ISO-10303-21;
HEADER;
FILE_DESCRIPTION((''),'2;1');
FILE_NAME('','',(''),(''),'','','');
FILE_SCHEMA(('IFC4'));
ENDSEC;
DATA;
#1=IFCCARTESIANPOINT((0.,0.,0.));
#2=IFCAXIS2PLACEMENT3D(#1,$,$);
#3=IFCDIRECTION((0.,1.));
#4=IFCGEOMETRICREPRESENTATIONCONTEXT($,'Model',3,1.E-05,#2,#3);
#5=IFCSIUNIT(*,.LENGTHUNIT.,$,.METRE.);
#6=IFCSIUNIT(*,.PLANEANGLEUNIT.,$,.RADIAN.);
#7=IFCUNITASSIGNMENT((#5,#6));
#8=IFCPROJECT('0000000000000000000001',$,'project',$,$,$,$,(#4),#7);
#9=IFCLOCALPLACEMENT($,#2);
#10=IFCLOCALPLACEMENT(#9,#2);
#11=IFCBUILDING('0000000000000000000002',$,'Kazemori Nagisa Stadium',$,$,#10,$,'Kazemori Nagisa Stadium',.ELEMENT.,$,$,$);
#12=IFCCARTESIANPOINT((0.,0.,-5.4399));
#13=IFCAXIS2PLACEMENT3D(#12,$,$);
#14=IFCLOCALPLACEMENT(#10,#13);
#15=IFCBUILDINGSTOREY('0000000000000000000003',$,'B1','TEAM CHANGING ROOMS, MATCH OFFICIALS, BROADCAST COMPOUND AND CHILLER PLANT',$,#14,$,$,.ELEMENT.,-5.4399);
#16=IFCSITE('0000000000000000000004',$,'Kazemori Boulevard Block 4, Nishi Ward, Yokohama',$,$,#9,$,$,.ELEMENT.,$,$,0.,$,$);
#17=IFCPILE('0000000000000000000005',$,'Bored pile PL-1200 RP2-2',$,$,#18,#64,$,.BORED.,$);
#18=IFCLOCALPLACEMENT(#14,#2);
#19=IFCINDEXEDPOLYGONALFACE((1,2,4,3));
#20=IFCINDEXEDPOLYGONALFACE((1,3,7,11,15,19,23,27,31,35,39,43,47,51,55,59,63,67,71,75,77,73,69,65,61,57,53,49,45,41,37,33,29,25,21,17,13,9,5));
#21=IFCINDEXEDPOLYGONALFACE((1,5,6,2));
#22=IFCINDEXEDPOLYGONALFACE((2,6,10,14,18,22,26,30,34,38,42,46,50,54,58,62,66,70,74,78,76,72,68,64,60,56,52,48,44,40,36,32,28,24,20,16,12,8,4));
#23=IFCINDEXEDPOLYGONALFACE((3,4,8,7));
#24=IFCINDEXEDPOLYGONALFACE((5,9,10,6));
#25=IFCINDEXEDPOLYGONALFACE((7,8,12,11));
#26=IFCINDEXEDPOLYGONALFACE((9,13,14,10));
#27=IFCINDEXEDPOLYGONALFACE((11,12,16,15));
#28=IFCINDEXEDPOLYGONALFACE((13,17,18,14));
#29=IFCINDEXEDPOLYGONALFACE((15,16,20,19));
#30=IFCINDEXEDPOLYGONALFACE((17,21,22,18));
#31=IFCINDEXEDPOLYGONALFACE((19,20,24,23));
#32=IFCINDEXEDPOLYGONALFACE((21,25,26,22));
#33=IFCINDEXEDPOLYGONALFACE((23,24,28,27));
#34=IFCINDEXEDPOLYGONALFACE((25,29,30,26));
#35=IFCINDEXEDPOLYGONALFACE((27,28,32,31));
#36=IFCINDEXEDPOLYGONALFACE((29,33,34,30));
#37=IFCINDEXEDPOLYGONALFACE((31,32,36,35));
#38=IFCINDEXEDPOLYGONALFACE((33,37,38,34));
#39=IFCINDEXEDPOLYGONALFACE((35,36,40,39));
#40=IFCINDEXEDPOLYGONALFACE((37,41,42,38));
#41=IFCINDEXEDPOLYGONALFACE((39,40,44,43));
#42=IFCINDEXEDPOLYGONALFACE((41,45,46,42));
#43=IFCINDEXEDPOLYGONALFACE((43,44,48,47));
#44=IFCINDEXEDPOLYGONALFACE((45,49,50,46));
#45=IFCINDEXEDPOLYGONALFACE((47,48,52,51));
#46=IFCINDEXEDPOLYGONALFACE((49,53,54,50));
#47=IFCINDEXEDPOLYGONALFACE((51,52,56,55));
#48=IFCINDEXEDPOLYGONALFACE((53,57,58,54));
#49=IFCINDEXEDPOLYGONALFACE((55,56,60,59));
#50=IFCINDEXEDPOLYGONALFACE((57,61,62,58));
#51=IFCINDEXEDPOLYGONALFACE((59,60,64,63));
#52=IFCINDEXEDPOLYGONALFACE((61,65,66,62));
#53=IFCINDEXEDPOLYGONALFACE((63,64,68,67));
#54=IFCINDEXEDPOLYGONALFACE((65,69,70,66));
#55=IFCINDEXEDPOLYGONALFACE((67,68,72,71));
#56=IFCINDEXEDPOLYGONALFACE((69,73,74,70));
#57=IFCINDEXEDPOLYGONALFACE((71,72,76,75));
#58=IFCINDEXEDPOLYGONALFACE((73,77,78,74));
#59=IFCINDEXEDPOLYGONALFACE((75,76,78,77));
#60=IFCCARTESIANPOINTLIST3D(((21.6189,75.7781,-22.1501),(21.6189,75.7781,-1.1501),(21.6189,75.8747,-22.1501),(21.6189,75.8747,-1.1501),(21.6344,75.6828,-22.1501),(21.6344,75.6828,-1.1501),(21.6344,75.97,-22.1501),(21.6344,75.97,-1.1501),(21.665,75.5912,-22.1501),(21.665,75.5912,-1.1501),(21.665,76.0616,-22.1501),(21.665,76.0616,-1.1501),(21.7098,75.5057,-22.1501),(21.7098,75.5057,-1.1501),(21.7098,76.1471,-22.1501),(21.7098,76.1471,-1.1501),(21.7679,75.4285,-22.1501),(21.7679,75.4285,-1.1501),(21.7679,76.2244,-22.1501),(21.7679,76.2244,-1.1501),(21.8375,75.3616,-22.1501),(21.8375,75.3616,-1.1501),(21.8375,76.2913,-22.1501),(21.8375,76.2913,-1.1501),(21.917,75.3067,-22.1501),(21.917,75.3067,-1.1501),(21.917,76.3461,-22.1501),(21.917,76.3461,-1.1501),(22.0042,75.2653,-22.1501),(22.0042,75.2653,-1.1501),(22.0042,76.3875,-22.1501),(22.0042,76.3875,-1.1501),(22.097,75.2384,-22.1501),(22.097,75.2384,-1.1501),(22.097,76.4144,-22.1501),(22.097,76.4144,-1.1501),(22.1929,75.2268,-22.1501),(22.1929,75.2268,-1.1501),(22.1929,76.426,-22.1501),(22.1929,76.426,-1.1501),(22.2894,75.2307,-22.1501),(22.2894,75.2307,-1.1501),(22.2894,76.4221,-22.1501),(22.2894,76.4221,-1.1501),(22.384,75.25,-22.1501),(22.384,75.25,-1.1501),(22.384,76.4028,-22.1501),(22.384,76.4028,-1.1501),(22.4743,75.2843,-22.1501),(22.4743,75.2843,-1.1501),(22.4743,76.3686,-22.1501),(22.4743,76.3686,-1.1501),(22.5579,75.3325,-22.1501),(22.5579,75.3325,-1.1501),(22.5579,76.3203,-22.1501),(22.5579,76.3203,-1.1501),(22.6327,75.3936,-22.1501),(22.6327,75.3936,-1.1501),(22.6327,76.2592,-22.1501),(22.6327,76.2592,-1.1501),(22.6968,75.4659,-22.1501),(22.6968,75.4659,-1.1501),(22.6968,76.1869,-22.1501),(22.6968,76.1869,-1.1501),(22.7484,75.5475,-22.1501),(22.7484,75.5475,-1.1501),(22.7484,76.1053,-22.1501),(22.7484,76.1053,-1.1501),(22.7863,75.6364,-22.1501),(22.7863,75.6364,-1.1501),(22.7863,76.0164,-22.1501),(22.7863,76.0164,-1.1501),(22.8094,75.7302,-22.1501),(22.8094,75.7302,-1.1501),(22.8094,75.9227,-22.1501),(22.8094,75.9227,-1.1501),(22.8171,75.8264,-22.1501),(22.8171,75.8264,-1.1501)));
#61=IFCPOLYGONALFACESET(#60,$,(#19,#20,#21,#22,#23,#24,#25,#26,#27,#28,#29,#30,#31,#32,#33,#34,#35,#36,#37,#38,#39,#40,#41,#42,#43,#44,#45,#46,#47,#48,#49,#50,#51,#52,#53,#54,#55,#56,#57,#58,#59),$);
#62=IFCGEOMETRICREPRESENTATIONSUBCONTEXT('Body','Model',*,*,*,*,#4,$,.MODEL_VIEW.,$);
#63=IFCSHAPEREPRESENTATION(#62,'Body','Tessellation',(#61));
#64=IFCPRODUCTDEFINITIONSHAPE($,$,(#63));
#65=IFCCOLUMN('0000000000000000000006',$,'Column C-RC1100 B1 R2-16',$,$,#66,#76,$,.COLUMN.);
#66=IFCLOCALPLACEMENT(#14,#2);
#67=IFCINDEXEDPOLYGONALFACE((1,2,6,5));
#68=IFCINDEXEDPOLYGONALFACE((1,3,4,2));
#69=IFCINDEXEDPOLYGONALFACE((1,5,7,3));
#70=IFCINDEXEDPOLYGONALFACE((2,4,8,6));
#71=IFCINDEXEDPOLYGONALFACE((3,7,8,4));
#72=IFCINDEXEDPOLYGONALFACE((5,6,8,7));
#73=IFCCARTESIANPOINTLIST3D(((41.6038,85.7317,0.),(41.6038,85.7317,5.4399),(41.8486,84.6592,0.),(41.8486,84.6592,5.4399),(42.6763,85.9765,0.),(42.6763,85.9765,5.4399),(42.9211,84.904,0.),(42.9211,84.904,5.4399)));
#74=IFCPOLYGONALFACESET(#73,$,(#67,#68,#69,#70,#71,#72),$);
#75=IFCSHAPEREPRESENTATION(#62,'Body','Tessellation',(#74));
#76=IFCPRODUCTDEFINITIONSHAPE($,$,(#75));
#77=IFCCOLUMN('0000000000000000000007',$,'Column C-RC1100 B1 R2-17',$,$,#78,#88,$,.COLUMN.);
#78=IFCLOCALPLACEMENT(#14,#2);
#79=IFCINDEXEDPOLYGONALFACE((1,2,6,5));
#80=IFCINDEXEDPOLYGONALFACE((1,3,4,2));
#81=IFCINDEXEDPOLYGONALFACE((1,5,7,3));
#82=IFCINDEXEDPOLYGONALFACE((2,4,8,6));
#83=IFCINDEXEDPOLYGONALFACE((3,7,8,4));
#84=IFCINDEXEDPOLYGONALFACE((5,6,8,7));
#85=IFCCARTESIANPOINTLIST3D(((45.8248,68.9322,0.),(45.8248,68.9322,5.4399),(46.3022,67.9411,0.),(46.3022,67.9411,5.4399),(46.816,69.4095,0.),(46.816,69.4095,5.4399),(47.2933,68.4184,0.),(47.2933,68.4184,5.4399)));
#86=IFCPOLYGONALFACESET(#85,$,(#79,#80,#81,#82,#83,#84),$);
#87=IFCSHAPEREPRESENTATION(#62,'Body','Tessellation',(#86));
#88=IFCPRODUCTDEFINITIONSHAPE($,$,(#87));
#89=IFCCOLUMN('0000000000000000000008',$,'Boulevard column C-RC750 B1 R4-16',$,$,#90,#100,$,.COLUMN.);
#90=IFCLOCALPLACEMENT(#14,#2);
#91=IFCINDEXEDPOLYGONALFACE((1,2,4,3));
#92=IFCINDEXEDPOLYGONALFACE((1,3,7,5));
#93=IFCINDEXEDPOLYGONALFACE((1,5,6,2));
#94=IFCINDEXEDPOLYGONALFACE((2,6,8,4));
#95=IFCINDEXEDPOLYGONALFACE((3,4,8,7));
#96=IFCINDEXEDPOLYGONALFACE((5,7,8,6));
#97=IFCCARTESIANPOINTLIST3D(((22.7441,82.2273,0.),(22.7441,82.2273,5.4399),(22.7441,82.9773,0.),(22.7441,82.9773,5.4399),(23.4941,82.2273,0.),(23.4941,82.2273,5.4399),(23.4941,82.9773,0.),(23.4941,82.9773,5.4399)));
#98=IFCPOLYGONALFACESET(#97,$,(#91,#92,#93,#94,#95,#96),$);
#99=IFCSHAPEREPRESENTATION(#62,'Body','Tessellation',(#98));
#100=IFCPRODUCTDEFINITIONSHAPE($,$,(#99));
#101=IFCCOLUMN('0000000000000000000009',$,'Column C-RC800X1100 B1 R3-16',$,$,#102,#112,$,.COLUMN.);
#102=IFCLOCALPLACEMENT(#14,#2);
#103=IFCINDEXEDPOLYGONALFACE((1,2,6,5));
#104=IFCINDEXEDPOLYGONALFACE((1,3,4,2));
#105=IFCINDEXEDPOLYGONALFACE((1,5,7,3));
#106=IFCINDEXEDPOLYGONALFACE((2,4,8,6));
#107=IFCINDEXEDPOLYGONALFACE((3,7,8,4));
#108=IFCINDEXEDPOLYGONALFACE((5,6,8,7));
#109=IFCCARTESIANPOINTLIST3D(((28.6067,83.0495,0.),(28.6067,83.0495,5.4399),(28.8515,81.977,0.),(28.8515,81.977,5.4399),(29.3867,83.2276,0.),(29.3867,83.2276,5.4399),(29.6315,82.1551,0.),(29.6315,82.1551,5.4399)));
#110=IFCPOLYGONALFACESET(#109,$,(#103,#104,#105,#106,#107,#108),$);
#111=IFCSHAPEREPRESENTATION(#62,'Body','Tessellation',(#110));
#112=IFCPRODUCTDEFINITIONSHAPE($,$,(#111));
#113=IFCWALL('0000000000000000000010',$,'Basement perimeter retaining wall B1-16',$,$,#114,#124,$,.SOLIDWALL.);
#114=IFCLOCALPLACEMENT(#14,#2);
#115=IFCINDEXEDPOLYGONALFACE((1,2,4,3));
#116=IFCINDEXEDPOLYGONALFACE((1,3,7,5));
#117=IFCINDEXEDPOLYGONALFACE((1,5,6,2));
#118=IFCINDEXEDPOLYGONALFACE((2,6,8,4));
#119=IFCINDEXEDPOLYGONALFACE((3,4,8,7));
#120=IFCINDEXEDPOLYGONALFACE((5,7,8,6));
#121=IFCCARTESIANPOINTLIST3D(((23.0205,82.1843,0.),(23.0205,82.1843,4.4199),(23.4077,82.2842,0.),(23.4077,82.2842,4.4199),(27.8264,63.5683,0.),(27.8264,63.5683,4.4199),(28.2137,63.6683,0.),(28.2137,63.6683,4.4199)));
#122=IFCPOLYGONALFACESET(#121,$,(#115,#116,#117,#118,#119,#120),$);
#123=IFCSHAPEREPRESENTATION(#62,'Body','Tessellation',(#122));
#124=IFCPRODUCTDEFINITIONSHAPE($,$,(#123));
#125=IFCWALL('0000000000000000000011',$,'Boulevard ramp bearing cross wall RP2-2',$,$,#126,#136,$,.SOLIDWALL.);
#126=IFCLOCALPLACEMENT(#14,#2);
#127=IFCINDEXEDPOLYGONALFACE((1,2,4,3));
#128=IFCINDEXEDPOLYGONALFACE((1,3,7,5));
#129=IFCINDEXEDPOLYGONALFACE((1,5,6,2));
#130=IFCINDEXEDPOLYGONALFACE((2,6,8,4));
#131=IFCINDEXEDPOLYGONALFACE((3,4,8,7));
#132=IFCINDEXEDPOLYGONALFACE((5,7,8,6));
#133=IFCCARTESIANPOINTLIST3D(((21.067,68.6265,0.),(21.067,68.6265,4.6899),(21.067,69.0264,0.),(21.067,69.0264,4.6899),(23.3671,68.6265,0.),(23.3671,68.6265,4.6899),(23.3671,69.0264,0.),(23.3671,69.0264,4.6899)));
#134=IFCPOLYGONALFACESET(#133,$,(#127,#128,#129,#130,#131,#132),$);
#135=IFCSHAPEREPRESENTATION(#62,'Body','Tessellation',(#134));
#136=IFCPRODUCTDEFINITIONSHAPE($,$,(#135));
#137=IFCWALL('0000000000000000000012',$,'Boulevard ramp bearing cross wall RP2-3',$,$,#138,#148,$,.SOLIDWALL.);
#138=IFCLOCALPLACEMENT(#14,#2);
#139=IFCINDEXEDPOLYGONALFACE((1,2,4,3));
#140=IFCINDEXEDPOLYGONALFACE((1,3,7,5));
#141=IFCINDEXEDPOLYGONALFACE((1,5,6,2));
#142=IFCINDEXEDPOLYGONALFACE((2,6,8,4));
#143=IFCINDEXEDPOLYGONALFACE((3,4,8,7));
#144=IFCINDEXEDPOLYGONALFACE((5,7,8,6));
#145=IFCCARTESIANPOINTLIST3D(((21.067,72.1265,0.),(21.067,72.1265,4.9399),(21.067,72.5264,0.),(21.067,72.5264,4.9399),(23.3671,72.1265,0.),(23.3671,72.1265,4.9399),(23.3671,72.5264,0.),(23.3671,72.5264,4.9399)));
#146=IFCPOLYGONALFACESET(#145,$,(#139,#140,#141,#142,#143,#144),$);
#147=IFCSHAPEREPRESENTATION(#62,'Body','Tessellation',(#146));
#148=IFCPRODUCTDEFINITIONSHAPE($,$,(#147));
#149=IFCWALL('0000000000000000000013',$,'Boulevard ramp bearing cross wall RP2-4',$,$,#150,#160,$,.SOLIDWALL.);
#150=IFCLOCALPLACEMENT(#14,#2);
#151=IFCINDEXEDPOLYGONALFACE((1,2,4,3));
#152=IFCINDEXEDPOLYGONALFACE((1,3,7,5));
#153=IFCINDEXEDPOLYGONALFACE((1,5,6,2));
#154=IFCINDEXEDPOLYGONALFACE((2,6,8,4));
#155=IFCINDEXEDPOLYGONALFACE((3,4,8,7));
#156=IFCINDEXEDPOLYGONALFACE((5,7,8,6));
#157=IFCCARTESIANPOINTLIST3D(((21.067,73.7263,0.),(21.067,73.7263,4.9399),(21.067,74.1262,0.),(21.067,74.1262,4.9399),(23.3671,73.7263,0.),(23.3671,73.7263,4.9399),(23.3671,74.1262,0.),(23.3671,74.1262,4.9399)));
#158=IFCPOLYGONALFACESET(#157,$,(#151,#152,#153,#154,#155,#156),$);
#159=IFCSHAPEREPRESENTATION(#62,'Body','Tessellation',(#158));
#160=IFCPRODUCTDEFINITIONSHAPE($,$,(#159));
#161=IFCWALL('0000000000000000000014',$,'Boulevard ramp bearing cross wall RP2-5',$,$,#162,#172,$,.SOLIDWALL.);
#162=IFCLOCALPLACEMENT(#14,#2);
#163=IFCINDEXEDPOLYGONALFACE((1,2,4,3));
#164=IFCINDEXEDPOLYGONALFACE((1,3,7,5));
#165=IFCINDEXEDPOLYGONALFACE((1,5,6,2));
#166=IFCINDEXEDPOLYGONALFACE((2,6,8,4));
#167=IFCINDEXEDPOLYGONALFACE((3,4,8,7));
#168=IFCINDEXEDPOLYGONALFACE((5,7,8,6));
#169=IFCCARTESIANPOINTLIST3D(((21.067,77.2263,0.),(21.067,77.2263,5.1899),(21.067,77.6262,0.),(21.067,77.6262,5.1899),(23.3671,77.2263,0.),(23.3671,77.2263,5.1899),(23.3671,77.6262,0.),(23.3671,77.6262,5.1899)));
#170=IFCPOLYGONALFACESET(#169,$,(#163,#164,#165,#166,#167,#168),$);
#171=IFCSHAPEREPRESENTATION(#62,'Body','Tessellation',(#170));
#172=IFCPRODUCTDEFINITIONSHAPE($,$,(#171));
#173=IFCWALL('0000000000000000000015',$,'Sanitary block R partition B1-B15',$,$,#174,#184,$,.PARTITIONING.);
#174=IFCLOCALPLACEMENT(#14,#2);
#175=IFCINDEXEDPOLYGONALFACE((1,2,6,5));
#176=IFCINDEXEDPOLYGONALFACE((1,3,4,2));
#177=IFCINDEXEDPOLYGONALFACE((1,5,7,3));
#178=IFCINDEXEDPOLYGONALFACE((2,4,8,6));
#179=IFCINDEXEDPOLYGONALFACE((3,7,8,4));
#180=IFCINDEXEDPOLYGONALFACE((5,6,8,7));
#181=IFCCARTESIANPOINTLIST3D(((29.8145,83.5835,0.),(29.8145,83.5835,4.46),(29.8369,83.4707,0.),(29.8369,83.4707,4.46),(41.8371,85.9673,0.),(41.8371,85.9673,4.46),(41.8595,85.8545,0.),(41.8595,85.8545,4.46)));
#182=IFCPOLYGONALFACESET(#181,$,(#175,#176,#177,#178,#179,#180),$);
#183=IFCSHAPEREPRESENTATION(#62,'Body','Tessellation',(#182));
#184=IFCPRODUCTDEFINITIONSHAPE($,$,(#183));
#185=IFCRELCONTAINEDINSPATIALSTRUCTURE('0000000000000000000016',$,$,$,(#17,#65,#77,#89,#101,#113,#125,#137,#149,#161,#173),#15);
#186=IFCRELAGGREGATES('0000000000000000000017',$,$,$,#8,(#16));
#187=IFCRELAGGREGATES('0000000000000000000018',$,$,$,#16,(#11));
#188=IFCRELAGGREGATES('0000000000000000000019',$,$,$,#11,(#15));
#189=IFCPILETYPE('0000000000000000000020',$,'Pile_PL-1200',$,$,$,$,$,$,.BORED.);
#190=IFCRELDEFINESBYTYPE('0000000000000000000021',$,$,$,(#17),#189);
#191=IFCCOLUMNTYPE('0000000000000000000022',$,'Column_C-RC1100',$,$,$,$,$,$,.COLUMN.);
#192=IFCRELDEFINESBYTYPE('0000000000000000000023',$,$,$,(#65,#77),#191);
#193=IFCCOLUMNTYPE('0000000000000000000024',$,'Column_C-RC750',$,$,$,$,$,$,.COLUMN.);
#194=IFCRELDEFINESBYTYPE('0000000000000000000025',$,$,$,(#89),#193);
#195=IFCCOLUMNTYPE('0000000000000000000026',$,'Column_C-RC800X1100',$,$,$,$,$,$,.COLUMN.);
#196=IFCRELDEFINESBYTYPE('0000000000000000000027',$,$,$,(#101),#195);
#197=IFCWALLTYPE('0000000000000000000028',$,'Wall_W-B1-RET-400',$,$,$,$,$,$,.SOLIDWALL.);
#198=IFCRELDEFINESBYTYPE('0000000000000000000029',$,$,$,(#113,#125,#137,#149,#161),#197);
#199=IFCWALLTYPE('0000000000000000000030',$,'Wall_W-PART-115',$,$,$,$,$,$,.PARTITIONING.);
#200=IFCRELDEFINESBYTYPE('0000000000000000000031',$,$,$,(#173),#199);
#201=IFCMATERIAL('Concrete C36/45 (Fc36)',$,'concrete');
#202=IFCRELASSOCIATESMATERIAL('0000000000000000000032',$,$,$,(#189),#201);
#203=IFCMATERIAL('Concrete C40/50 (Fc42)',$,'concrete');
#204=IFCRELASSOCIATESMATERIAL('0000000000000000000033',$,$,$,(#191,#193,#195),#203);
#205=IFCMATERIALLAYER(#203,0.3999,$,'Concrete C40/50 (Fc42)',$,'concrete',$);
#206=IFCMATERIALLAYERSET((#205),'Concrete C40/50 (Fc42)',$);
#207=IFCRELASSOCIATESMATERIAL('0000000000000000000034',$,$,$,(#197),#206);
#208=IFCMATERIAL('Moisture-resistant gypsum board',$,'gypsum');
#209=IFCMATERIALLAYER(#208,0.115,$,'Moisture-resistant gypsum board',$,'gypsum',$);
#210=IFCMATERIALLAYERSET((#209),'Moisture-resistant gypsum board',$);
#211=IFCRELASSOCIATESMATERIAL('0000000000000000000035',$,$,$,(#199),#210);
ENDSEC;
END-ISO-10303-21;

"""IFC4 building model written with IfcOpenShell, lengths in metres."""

from ifc_helpers import new_model, si_unit, direction, frame, frame_2d, origin, origin_2d, place, context, subcontext, project, spatial, rectangle, circle, extrude, material, layer, layer_set, material_profile, profile_set, type_object, element, save


model = new_model("IFC4")

# Units and contexts
model_context = context("Model", 3, precision=1e-05, world=origin(), true_north=direction((0.0, 1.0)))
body_context = subcontext(model_context, "Body", "Model", "MODEL_VIEW")
ifc_project = project(units=[si_unit("LENGTHUNIT", "METRE"), si_unit("PLANEANGLEUNIT", "RADIAN")], contexts=[model_context])

# Site, building, storey
site_placement = place(None, origin())
site = spatial("IfcSite", under=ifc_project, at=site_placement, Name="Kazemori Boulevard Block 4, Nishi Ward, Yokohama", CompositionType="ELEMENT", RefElevation=0.0)
building_placement = place(site_placement, origin())
building = spatial("IfcBuilding", under=site, at=building_placement, Name="Kazemori Nagisa Stadium", LongName="Kazemori Nagisa Stadium", CompositionType="ELEMENT")
storey_placement = place(building_placement, frame((0.0, 0.0, -5.4399)))
storey = spatial("IfcBuildingStorey", under=building, at=storey_placement, Name="B1", Description="TEAM CHANGING ROOMS, MATCH OFFICIALS, BROADCAST COMPOUND AND CHILLER PLANT", CompositionType="ELEMENT", Elevation=-5.4399)

# Shared definitions
ifc_material_1 = material(Name="Concrete C40/50 (Fc42)", Category="concrete")

# Pile
ifc_material_2 = material(Name="Concrete C36/45 (Fc36)", Category="concrete")
ifc_material_profile_1 = material_profile(ifc_material_2, circle(Radius=0.6001, at=origin_2d()), Name="PILE-D1200")
ifc_profile_set_1 = profile_set([ifc_material_profile_1], Name="Concrete C36/45 (Fc36)")
pile_type = type_object("IfcPileType", Name="Pile_PL-1200", PredefinedType="BORED", material=ifc_profile_set_1)
for number, where, z_axis, x_axis, name in (
    (1, (22.217, 75.8264, -1.1501), (0.0, 0.0, -1.0), (1.0, 0.0, 0.0), "Bored pile PL-1200 RP2-2"),
):
    element("IfcPile", number, at=place(storey_placement, frame(where, z_axis=z_axis, x_axis=x_axis)), inside=storey, type_object=pile_type, Name=name, PredefinedType="BORED", context=body_context, shape_type="SweptSolid", body=[
        extrude(circle(Radius=0.6001, at=origin_2d()), origin(), (0.0, 0.0, 1.0), 21.0),
    ])

# Columns
ifc_material_profile_2 = material_profile(ifc_material_1, rectangle(XDim=1.1001, YDim=1.1001, at=origin_2d()), Name="RC-COL-1100x1100")
ifc_profile_set_2 = profile_set([ifc_material_profile_2], Name="Concrete C40/50 (Fc42)")
column_type_1 = type_object("IfcColumnType", Name="Column_C-RC1100", PredefinedType="COLUMN", material=ifc_profile_set_2)
for number, where, z_axis, x_axis, name in (
    (2, (42.2625, 85.3179, 0.0), (0.0, 0.0, 1.0), (-0.974928, -0.222521, 0.0), "Column C-RC1100 B1 R2-16"),
    (3, (46.5591, 68.6753, 0.0), (0.0, 0.0, 1.0), (-0.900969, -0.433884, 0.0), "Column C-RC1100 B1 R2-17"),
):
    element("IfcColumn", number, at=place(storey_placement, frame(where, z_axis=z_axis, x_axis=x_axis)), inside=storey, type_object=column_type_1, Name=name, PredefinedType="COLUMN", context=body_context, shape_type="SweptSolid", body=[
        extrude(rectangle(XDim=1.1001, YDim=1.1001, at=origin_2d()), origin(), (0.0, 0.0, 1.0), 5.4399),
    ])
ifc_material_profile_3 = material_profile(ifc_material_1, rectangle(XDim=0.75, YDim=0.75, at=origin_2d()), Name="RC-COL-750x750")
ifc_profile_set_3 = profile_set([ifc_material_profile_3], Name="Concrete C40/50 (Fc42)")
column_type_2 = type_object("IfcColumnType", Name="Column_C-RC750", PredefinedType="COLUMN", material=ifc_profile_set_3)
column_1_placement = place(storey_placement, frame((23.1191, 82.6023, 0.0), z_axis=(0.0, 0.0, 1.0), x_axis=(1.0, 0.0, 0.0)))
element("IfcColumn", 4, at=column_1_placement, inside=storey, type_object=column_type_2, Name="Boulevard column C-RC750 B1 R4-16", PredefinedType="COLUMN", context=body_context, shape_type="SweptSolid", body=[
    extrude(rectangle(XDim=0.75, YDim=0.75, at=origin_2d()), origin(), (0.0, 0.0, 1.0), 5.4399),
])
ifc_material_profile_4 = material_profile(ifc_material_1, rectangle(XDim=0.8, YDim=1.1001, at=origin_2d()), Name="RC-COL-800x1100")
ifc_profile_set_4 = profile_set([ifc_material_profile_4], Name="Concrete C40/50 (Fc42)")
column_type_3 = type_object("IfcColumnType", Name="Column_C-RC800X1100", PredefinedType="COLUMN", material=ifc_profile_set_4)
column_2_placement = place(storey_placement, frame((29.1191, 82.6023, 0.0), z_axis=(0.0, 0.0, 1.0), x_axis=(-0.974928, -0.222521, 0.0)))
element("IfcColumn", 5, at=column_2_placement, inside=storey, type_object=column_type_3, Name="Column C-RC800X1100 B1 R3-16", PredefinedType="COLUMN", context=body_context, shape_type="SweptSolid", body=[
    extrude(rectangle(XDim=0.8, YDim=1.1001, at=origin_2d()), origin(), (0.0, 0.0, 1.0), 5.4399),
])

# Walls
ifc_layer_1 = layer(ifc_material_1, 0.3999, Name="Concrete C40/50 (Fc42)", Category="concrete")
ifc_layer_set_1 = layer_set([ifc_layer_1], Name="Concrete C40/50 (Fc42)")
wall_type_1 = type_object("IfcWallType", Name="Wall_W-B1-RET-400", PredefinedType="SOLIDWALL", material=ifc_layer_set_1)
wall_1_placement = place(storey_placement, frame((23.2141, 82.2344, 0.0), z_axis=(0.0, 0.0, 1.0), x_axis=(0.249965, -0.968255, 0.0)))
element("IfcWall", 6, at=wall_1_placement, inside=storey, type_object=wall_type_1, Name="Basement perimeter retaining wall B1-16", PredefinedType="SOLIDWALL", context=body_context, shape_type="SweptSolid", body=[
    extrude(rectangle(XDim=19.2263, YDim=0.3999, at=frame_2d((9.6133, 0.0))), origin(), (0.0, 0.0, 1.0), 4.4199),
])
wall_2_placement = place(storey_placement, frame((21.0671, 68.8264, 0.0), z_axis=(0.0, 0.0, 1.0), x_axis=(1.0, 0.0, 0.0)))
element("IfcWall", 7, at=wall_2_placement, inside=storey, type_object=wall_type_1, Name="Boulevard ramp bearing cross wall RP2-2", PredefinedType="SOLIDWALL", context=body_context, shape_type="SweptSolid", body=[
    extrude(rectangle(XDim=2.3, YDim=0.3999, at=frame_2d((1.1499, 0.0))), origin(), (0.0, 0.0, 1.0), 4.6899),
])
for number, where, z_axis, x_axis, name in (
    (8, (21.0671, 72.3264, 0.0), (0.0, 0.0, 1.0), (1.0, 0.0, 0.0), "Boulevard ramp bearing cross wall RP2-3"),
    (9, (21.0671, 73.9263, 0.0), (0.0, 0.0, 1.0), (1.0, 0.0, 0.0), "Boulevard ramp bearing cross wall RP2-4"),
):
    element("IfcWall", number, at=place(storey_placement, frame(where, z_axis=z_axis, x_axis=x_axis)), inside=storey, type_object=wall_type_1, Name=name, PredefinedType="SOLIDWALL", context=body_context, shape_type="SweptSolid", body=[
        extrude(rectangle(XDim=2.3, YDim=0.3999, at=frame_2d((1.1499, 0.0))), origin(), (0.0, 0.0, 1.0), 4.9399),
    ])
wall_3_placement = place(storey_placement, frame((21.0671, 77.4263, 0.0), z_axis=(0.0, 0.0, 1.0), x_axis=(1.0, 0.0, 0.0)))
element("IfcWall", 10, at=wall_3_placement, inside=storey, type_object=wall_type_1, Name="Boulevard ramp bearing cross wall RP2-5", PredefinedType="SOLIDWALL", context=body_context, shape_type="SweptSolid", body=[
    extrude(rectangle(XDim=2.3, YDim=0.3999, at=frame_2d((1.1499, 0.0))), origin(), (0.0, 0.0, 1.0), 5.1899),
])
ifc_material_3 = material(Name="Moisture-resistant gypsum board", Category="gypsum")
ifc_layer_2 = layer(ifc_material_3, 0.115, Name="Moisture-resistant gypsum board", Category="gypsum")
ifc_layer_set_2 = layer_set([ifc_layer_2], Name="Moisture-resistant gypsum board")
wall_type_2 = type_object("IfcWallType", Name="Wall_W-PART-115", PredefinedType="PARTITIONING", material=ifc_layer_set_2)
wall_4_placement = place(storey_placement, frame((41.8484, 85.9109, 0.0), z_axis=(0.0, 0.0, 1.0), x_axis=(-0.980904, -0.194492, 0.0)))
element("IfcWall", 11, at=wall_4_placement, inside=storey, type_object=wall_type_2, Name="Sanitary block R partition B1-B15", PredefinedType="PARTITIONING", context=body_context, shape_type="SweptSolid", body=[
    extrude(rectangle(XDim=12.2566, YDim=0.115, at=frame_2d((6.1284, 0.0))), origin(), (0.0, 0.0, 1.0), 4.46),
])

save(model, "model.ifc")
